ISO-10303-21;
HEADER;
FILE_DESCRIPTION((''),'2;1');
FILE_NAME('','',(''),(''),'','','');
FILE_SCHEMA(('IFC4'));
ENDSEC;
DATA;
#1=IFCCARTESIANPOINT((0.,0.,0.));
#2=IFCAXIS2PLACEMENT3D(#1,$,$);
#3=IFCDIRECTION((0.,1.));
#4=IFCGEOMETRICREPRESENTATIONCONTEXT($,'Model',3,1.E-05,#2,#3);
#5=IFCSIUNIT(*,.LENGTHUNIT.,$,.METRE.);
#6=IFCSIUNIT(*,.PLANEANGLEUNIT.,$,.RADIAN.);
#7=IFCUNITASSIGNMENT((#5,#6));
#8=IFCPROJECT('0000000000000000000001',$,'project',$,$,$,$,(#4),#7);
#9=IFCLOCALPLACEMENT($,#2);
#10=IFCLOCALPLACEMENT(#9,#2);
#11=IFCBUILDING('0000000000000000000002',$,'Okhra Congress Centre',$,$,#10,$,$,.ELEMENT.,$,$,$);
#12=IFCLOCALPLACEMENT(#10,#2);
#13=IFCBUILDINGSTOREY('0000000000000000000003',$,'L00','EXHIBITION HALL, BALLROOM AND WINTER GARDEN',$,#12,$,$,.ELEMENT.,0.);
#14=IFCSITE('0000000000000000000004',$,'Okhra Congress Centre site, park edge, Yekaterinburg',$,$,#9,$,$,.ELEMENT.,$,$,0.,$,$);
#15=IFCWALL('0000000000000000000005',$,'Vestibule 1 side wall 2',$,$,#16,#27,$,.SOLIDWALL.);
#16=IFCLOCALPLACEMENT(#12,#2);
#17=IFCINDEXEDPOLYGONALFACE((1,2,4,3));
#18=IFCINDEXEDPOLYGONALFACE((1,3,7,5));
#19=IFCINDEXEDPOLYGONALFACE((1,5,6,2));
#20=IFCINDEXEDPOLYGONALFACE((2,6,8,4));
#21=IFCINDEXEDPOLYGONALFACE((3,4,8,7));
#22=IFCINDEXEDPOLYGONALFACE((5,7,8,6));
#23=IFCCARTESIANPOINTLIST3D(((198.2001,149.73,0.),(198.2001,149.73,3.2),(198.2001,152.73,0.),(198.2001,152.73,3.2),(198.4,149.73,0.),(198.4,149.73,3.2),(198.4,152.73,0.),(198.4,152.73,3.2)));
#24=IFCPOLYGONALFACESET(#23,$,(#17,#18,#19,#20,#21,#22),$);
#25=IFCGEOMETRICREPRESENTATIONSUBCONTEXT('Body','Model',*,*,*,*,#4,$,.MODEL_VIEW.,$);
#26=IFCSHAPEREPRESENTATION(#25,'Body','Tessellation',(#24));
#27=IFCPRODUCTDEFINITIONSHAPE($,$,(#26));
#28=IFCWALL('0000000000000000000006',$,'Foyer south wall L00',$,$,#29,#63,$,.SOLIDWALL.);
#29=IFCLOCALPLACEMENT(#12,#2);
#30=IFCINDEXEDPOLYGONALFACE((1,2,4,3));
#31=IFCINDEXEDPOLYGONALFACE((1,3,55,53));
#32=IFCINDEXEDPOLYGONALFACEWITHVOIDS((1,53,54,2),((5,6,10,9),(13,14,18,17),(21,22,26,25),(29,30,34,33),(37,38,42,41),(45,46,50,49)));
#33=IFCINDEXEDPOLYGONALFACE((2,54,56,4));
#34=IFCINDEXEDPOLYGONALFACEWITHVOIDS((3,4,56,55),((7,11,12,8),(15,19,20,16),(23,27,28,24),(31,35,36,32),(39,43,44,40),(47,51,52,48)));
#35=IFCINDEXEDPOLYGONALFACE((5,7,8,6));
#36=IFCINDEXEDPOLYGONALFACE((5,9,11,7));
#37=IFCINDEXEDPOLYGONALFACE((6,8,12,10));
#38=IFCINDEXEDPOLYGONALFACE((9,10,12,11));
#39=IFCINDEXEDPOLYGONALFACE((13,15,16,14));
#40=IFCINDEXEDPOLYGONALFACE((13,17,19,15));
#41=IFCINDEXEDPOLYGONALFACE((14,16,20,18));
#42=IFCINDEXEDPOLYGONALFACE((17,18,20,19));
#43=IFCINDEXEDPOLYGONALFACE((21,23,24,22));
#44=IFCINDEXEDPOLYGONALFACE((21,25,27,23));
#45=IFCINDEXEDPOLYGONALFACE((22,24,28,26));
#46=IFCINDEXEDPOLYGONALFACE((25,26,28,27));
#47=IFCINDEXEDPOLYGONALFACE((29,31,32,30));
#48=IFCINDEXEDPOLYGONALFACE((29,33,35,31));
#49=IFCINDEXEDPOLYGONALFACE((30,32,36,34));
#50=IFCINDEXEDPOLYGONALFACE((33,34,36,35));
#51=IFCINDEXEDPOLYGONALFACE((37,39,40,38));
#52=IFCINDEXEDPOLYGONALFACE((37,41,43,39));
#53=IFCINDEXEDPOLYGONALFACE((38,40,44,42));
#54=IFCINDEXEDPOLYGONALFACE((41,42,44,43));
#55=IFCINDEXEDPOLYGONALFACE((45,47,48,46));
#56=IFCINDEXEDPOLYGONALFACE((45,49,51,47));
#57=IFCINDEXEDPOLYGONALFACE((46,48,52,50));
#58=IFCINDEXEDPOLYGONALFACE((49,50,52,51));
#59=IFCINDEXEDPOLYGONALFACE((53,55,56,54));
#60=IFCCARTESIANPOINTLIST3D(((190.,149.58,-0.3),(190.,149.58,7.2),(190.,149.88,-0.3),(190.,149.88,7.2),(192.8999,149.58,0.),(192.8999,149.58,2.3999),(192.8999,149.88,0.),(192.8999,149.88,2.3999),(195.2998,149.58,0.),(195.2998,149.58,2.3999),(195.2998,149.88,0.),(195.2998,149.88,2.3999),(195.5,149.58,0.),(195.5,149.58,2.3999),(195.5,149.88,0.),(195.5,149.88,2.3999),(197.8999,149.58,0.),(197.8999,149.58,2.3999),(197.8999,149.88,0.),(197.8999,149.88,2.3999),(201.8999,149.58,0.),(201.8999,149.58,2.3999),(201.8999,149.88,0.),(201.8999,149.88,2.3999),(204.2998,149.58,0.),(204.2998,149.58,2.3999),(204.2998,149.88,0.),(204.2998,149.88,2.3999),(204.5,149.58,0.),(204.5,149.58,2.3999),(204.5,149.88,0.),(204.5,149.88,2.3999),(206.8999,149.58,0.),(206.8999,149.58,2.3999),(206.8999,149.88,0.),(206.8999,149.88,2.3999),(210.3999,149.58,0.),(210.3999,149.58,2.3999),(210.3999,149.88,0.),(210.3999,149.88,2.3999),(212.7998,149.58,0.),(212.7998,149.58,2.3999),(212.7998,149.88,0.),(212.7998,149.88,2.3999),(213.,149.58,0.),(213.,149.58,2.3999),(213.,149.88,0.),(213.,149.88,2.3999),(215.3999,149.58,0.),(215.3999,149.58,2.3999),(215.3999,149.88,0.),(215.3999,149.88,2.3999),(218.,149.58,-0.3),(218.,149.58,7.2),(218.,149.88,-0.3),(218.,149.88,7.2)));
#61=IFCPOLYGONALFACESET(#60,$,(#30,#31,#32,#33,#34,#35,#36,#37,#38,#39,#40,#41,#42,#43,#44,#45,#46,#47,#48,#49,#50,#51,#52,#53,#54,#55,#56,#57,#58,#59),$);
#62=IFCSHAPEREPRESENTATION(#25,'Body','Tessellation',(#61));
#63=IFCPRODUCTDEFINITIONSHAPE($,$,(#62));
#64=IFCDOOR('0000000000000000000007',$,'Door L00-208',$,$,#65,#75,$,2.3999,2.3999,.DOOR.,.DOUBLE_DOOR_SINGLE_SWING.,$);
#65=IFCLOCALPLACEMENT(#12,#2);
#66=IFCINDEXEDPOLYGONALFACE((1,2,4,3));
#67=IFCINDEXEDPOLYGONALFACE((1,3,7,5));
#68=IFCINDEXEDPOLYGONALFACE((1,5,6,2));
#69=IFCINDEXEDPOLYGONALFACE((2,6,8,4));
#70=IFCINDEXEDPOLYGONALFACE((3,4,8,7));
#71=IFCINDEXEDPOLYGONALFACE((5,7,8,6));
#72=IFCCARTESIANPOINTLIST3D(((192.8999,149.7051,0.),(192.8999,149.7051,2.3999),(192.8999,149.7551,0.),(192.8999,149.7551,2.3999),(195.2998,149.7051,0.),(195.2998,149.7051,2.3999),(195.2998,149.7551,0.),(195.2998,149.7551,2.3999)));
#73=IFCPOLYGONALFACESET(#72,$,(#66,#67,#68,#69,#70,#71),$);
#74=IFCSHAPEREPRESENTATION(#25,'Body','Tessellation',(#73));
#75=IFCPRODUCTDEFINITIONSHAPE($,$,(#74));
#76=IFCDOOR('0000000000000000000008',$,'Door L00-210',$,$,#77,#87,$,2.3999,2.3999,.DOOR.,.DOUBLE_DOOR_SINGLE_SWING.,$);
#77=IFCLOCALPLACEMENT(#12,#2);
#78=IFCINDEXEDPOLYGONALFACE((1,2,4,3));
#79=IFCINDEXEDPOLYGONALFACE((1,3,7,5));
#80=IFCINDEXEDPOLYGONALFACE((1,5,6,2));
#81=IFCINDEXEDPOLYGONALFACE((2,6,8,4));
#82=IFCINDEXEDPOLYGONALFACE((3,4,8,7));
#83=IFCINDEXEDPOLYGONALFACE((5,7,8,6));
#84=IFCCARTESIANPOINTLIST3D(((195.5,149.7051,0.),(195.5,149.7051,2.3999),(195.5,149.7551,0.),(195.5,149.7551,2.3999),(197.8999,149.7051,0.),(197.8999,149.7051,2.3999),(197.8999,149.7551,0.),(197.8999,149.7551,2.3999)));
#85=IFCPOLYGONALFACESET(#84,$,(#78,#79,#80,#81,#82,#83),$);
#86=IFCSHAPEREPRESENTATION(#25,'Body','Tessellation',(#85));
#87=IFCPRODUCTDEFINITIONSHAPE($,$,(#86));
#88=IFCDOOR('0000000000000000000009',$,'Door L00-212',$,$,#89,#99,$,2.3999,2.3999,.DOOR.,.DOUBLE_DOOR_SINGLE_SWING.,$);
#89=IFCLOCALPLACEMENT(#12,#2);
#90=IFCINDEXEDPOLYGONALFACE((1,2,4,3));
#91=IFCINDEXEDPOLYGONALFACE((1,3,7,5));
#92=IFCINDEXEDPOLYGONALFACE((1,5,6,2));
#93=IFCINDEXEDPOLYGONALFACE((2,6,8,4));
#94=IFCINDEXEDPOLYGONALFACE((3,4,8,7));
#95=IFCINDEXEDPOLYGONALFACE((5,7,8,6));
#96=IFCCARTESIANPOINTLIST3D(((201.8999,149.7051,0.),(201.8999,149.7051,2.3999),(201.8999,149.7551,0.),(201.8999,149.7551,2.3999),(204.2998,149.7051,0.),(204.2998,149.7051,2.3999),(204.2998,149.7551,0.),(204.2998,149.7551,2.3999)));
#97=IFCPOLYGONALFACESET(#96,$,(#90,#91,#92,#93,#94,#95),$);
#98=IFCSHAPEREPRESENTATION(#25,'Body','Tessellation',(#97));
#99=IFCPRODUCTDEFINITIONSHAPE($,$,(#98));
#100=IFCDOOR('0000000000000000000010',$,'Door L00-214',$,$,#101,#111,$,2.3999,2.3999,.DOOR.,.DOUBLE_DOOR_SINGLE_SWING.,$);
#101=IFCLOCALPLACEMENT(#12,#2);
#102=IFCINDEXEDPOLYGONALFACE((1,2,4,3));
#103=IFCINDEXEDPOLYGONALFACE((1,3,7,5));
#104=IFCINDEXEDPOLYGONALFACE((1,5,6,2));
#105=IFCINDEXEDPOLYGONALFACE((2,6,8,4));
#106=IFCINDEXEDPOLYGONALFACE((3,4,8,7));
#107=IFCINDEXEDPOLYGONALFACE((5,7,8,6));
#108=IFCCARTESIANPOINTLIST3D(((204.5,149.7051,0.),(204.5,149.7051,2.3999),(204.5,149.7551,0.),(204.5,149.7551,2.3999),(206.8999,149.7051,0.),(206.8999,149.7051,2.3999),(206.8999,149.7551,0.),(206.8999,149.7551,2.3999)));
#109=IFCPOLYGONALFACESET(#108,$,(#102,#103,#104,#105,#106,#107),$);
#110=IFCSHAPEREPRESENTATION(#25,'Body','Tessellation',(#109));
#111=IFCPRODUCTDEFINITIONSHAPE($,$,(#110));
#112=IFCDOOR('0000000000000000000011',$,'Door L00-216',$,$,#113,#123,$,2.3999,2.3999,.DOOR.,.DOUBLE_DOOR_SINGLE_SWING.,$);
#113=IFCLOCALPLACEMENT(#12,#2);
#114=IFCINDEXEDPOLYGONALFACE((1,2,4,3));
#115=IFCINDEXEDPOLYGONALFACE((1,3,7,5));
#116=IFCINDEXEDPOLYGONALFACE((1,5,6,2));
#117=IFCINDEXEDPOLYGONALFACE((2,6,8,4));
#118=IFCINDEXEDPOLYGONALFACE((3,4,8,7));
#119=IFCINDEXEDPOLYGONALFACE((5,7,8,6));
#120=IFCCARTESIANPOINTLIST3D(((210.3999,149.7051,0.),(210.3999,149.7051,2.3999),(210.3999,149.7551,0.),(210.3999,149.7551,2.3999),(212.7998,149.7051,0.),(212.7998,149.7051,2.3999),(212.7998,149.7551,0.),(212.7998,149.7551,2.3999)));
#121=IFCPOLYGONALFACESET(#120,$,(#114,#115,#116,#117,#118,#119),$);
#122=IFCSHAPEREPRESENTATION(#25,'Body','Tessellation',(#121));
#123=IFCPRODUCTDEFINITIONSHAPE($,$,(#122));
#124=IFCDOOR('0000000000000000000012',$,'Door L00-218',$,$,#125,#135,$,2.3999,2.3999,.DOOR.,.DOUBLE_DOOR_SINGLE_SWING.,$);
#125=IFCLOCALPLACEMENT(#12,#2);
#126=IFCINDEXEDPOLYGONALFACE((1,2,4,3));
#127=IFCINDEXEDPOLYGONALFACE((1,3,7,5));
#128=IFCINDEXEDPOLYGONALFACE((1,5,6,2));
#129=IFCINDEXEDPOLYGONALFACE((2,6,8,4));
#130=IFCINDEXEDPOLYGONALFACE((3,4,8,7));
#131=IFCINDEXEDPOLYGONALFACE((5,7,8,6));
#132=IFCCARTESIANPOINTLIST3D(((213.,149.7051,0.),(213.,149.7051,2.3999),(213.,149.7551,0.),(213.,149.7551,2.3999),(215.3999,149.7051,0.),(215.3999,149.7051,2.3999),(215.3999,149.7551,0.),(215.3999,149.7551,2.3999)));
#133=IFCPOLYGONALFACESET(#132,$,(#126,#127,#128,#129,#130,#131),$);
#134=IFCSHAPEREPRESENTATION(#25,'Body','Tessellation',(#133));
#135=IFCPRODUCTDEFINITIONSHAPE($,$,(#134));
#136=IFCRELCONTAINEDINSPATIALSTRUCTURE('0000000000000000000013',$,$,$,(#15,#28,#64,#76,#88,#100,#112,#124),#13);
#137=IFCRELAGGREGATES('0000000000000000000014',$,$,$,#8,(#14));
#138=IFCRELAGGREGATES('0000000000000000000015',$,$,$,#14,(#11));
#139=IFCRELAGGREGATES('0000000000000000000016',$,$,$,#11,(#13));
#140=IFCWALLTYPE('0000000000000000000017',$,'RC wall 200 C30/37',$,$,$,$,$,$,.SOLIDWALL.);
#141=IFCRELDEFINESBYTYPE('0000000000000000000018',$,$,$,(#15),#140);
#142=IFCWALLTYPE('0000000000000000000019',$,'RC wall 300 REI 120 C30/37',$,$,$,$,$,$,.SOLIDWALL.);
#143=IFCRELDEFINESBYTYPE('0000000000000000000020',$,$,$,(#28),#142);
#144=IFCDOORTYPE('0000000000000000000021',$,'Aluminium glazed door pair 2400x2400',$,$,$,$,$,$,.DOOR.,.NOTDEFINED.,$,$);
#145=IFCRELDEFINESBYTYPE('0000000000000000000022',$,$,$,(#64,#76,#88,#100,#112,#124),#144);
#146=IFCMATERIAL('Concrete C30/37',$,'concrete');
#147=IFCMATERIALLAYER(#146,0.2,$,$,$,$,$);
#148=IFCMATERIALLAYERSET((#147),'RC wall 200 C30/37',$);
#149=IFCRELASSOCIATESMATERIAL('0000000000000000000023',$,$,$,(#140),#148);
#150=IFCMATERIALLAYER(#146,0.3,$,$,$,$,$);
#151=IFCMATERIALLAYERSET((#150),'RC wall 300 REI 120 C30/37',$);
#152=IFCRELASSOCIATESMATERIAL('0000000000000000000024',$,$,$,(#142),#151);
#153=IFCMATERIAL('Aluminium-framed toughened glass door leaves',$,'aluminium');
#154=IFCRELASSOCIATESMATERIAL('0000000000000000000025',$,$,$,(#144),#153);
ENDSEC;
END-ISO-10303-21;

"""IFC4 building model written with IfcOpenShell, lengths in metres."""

from ifc_helpers import new_model, si_unit, direction, frame, frame_2d, origin, place, context, subcontext, project, spatial, rectangle, extrude, material, layer, layer_set, type_object, element, fill, save


model = new_model("IFC4")

# Units and contexts
model_context = context("Model", 3, precision=1e-05, world=origin(), true_north=direction((0.0, 1.0)))
body_context = subcontext(model_context, "Body", "Model", "MODEL_VIEW")
ifc_project = project(units=[si_unit("LENGTHUNIT", "METRE"), si_unit("PLANEANGLEUNIT", "RADIAN")], contexts=[model_context])

# Site, building, storey
site_placement = place(None, origin())
site = spatial("IfcSite", under=ifc_project, at=site_placement, Name="Okhra Congress Centre site, park edge, Yekaterinburg", CompositionType="ELEMENT", RefElevation=0.0)
building_placement = place(site_placement, origin())
building = spatial("IfcBuilding", under=site, at=building_placement, Name="Okhra Congress Centre", CompositionType="ELEMENT")
storey_placement = place(building_placement, origin())
storey = spatial("IfcBuildingStorey", under=building, at=storey_placement, Name="L00", Description="EXHIBITION HALL, BALLROOM AND WINTER GARDEN", CompositionType="ELEMENT", Elevation=0.0)

# Shared definitions
ifc_material_1 = material(Name="Concrete C30/37", Category="concrete")

# Wall
ifc_layer_1 = layer(ifc_material_1, 0.2)
ifc_layer_set_1 = layer_set([ifc_layer_1], Name="RC wall 200 C30/37")
wall_type_1 = type_object("IfcWallType", Name="RC wall 200 C30/37", PredefinedType="SOLIDWALL", material=ifc_layer_set_1)
for number, where, z_axis, x_axis, name in (
    (1, (198.3, 149.73, 0.0), (0.0, 0.0, 1.0), (0.0, 1.0, 0.0), "Vestibule 1 side wall 2"),
):
    element("IfcWall", number, at=place(storey_placement, frame(where, z_axis=z_axis, x_axis=x_axis)), inside=storey, type_object=wall_type_1, Name=name, PredefinedType="SOLIDWALL", context=body_context, shape_type="SweptSolid", body=[
        extrude(rectangle(XDim=3.0, YDim=0.2, at=frame_2d((1.5, 0.0))), origin(), (0.0, 0.0, 1.0), 3.2),
    ])

# Wall, openings, doors
ifc_layer_2 = layer(ifc_material_1, 0.3)
ifc_layer_set_2 = layer_set([ifc_layer_2], Name="RC wall 300 REI 120 C30/37")
wall_type_2 = type_object("IfcWallType", Name="RC wall 300 REI 120 C30/37", PredefinedType="SOLIDWALL", material=ifc_layer_set_2)
wall_1_placement = place(storey_placement, frame((190.0, 149.73, -0.3), z_axis=(0.0, 0.0, 1.0), x_axis=(1.0, 0.0, 0.0)))
wall_1 = element("IfcWall", 2, at=wall_1_placement, inside=storey, type_object=wall_type_2, Name="Foyer south wall L00", PredefinedType="SOLIDWALL", context=body_context, shape_type="SweptSolid", body=[
    extrude(rectangle(XDim=28.0, YDim=0.3, at=frame_2d((14.0, 0.0))), origin(), (0.0, 0.0, 1.0), 7.5),
])
opening_1_placement = place(wall_1_placement, frame((2.8999, 0.0, 0.3)))
opening_1 = element("IfcOpeningElement", 3, at=opening_1_placement, cuts=wall_1, PredefinedType="OPENING", context=body_context, shape_type="SweptSolid", body=[
    extrude(rectangle(XDim=2.3999, YDim=2.3999, at=frame_2d((1.2, 1.2))), frame((0.0, 0.1599, 0.0), z_axis=(0.0, -1.0, 0.0), x_axis=(1.0, 0.0, 0.0)), (0.0, 0.0, 1.0), 0.3201),
])
opening_2_placement = place(wall_1_placement, frame((5.5, 0.0, 0.3)))
opening_2 = element("IfcOpeningElement", 4, at=opening_2_placement, cuts=wall_1, PredefinedType="OPENING", context=body_context, shape_type="SweptSolid", body=[
    extrude(rectangle(XDim=2.3999, YDim=2.3999, at=frame_2d((1.2, 1.2))), frame((0.0, 0.1599, 0.0), z_axis=(0.0, -1.0, 0.0), x_axis=(1.0, 0.0, 0.0)), (0.0, 0.0, 1.0), 0.3201),
])
opening_3_placement = place(wall_1_placement, frame((11.8999, 0.0, 0.3)))
opening_3 = element("IfcOpeningElement", 5, at=opening_3_placement, cuts=wall_1, PredefinedType="OPENING", context=body_context, shape_type="SweptSolid", body=[
    extrude(rectangle(XDim=2.3999, YDim=2.3999, at=frame_2d((1.2, 1.2))), frame((0.0, 0.1599, 0.0), z_axis=(0.0, -1.0, 0.0), x_axis=(1.0, 0.0, 0.0)), (0.0, 0.0, 1.0), 0.3201),
])
opening_4_placement = place(wall_1_placement, frame((14.5, 0.0, 0.3)))
opening_4 = element("IfcOpeningElement", 6, at=opening_4_placement, cuts=wall_1, PredefinedType="OPENING", context=body_context, shape_type="SweptSolid", body=[
    extrude(rectangle(XDim=2.3999, YDim=2.3999, at=frame_2d((1.2, 1.2))), frame((0.0, 0.1599, 0.0), z_axis=(0.0, -1.0, 0.0), x_axis=(1.0, 0.0, 0.0)), (0.0, 0.0, 1.0), 0.3201),
])
opening_5_placement = place(wall_1_placement, frame((20.3999, 0.0, 0.3)))
opening_5 = element("IfcOpeningElement", 7, at=opening_5_placement, cuts=wall_1, PredefinedType="OPENING", context=body_context, shape_type="SweptSolid", body=[
    extrude(rectangle(XDim=2.3999, YDim=2.3999, at=frame_2d((1.2, 1.2))), frame((0.0, 0.1599, 0.0), z_axis=(0.0, -1.0, 0.0), x_axis=(1.0, 0.0, 0.0)), (0.0, 0.0, 1.0), 0.3201),
])
opening_6_placement = place(wall_1_placement, frame((23.0, 0.0, 0.3)))
opening_6 = element("IfcOpeningElement", 8, at=opening_6_placement, cuts=wall_1, PredefinedType="OPENING", context=body_context, shape_type="SweptSolid", body=[
    extrude(rectangle(XDim=2.3999, YDim=2.3999, at=frame_2d((1.2, 1.2))), frame((0.0, 0.1599, 0.0), z_axis=(0.0, -1.0, 0.0), x_axis=(1.0, 0.0, 0.0)), (0.0, 0.0, 1.0), 0.3201),
])
ifc_material_2 = material(Name="Aluminium-framed toughened glass door leaves", Category="aluminium")
door_type_1 = type_object("IfcDoorType", Name="Aluminium glazed door pair 2400x2400", OperationType="NOTDEFINED", PredefinedType="DOOR", material=ifc_material_2)
door_1_placement = place(opening_1_placement, frame((2.3999, 0.0, 0.0), z_axis=(0.0, 0.0, 1.0), x_axis=(-1.0, 0.0, 0.0)))
door_1 = element("IfcDoor", 9, at=door_1_placement, inside=storey, type_object=door_type_1, Name="Door L00-208", OperationType="DOUBLE_DOOR_SINGLE_SWING", OverallHeight=2.3999, OverallWidth=2.3999, PredefinedType="DOOR", context=body_context, shape_type="SweptSolid", body=[
    extrude(rectangle(XDim=2.3999, YDim=2.3999, at=frame_2d((1.2, 1.2))), frame((0.0, 0.0249, 0.0), z_axis=(0.0, -1.0, 0.0), x_axis=(1.0, 0.0, 0.0)), (0.0, 0.0, 1.0), 0.05),
])
fill(opening_1, door_1)
door_2_placement = place(opening_2_placement, frame((2.3999, 0.0, 0.0), z_axis=(0.0, 0.0, 1.0), x_axis=(-1.0, 0.0, 0.0)))
door_2 = element("IfcDoor", 10, at=door_2_placement, inside=storey, type_object=door_type_1, Name="Door L00-210", OperationType="DOUBLE_DOOR_SINGLE_SWING", OverallHeight=2.3999, OverallWidth=2.3999, PredefinedType="DOOR", context=body_context, shape_type="SweptSolid", body=[
    extrude(rectangle(XDim=2.3999, YDim=2.3999, at=frame_2d((1.2, 1.2))), frame((0.0, 0.0249, 0.0), z_axis=(0.0, -1.0, 0.0), x_axis=(1.0, 0.0, 0.0)), (0.0, 0.0, 1.0), 0.05),
])
fill(opening_2, door_2)
door_3_placement = place(opening_3_placement, frame((2.3999, 0.0, 0.0), z_axis=(0.0, 0.0, 1.0), x_axis=(-1.0, 0.0, 0.0)))
door_3 = element("IfcDoor", 11, at=door_3_placement, inside=storey, type_object=door_type_1, Name="Door L00-212", OperationType="DOUBLE_DOOR_SINGLE_SWING", OverallHeight=2.3999, OverallWidth=2.3999, PredefinedType="DOOR", context=body_context, shape_type="SweptSolid", body=[
    extrude(rectangle(XDim=2.3999, YDim=2.3999, at=frame_2d((1.2, 1.2))), frame((0.0, 0.0249, 0.0), z_axis=(0.0, -1.0, 0.0), x_axis=(1.0, 0.0, 0.0)), (0.0, 0.0, 1.0), 0.05),
])
fill(opening_3, door_3)
door_4_placement = place(opening_4_placement, frame((2.3999, 0.0, 0.0), z_axis=(0.0, 0.0, 1.0), x_axis=(-1.0, 0.0, 0.0)))
door_4 = element("IfcDoor", 12, at=door_4_placement, inside=storey, type_object=door_type_1, Name="Door L00-214", OperationType="DOUBLE_DOOR_SINGLE_SWING", OverallHeight=2.3999, OverallWidth=2.3999, PredefinedType="DOOR", context=body_context, shape_type="SweptSolid", body=[
    extrude(rectangle(XDim=2.3999, YDim=2.3999, at=frame_2d((1.2, 1.2))), frame((0.0, 0.0249, 0.0), z_axis=(0.0, -1.0, 0.0), x_axis=(1.0, 0.0, 0.0)), (0.0, 0.0, 1.0), 0.05),
])
fill(opening_4, door_4)
door_5_placement = place(opening_5_placement, frame((2.3999, 0.0, 0.0), z_axis=(0.0, 0.0, 1.0), x_axis=(-1.0, 0.0, 0.0)))
door_5 = element("IfcDoor", 13, at=door_5_placement, inside=storey, type_object=door_type_1, Name="Door L00-216", OperationType="DOUBLE_DOOR_SINGLE_SWING", OverallHeight=2.3999, OverallWidth=2.3999, PredefinedType="DOOR", context=body_context, shape_type="SweptSolid", body=[
    extrude(rectangle(XDim=2.3999, YDim=2.3999, at=frame_2d((1.2, 1.2))), frame((0.0, 0.0249, 0.0), z_axis=(0.0, -1.0, 0.0), x_axis=(1.0, 0.0, 0.0)), (0.0, 0.0, 1.0), 0.05),
])
fill(opening_5, door_5)
door_6_placement = place(opening_6_placement, frame((2.3999, 0.0, 0.0), z_axis=(0.0, 0.0, 1.0), x_axis=(-1.0, 0.0, 0.0)))
door_6 = element("IfcDoor", 14, at=door_6_placement, inside=storey, type_object=door_type_1, Name="Door L00-218", OperationType="DOUBLE_DOOR_SINGLE_SWING", OverallHeight=2.3999, OverallWidth=2.3999, PredefinedType="DOOR", context=body_context, shape_type="SweptSolid", body=[
    extrude(rectangle(XDim=2.3999, YDim=2.3999, at=frame_2d((1.2, 1.2))), frame((0.0, 0.0249, 0.0), z_axis=(0.0, -1.0, 0.0), x_axis=(1.0, 0.0, 0.0)), (0.0, 0.0, 1.0), 0.05),
])
fill(opening_6, door_6)

save(model, "model.ifc")
